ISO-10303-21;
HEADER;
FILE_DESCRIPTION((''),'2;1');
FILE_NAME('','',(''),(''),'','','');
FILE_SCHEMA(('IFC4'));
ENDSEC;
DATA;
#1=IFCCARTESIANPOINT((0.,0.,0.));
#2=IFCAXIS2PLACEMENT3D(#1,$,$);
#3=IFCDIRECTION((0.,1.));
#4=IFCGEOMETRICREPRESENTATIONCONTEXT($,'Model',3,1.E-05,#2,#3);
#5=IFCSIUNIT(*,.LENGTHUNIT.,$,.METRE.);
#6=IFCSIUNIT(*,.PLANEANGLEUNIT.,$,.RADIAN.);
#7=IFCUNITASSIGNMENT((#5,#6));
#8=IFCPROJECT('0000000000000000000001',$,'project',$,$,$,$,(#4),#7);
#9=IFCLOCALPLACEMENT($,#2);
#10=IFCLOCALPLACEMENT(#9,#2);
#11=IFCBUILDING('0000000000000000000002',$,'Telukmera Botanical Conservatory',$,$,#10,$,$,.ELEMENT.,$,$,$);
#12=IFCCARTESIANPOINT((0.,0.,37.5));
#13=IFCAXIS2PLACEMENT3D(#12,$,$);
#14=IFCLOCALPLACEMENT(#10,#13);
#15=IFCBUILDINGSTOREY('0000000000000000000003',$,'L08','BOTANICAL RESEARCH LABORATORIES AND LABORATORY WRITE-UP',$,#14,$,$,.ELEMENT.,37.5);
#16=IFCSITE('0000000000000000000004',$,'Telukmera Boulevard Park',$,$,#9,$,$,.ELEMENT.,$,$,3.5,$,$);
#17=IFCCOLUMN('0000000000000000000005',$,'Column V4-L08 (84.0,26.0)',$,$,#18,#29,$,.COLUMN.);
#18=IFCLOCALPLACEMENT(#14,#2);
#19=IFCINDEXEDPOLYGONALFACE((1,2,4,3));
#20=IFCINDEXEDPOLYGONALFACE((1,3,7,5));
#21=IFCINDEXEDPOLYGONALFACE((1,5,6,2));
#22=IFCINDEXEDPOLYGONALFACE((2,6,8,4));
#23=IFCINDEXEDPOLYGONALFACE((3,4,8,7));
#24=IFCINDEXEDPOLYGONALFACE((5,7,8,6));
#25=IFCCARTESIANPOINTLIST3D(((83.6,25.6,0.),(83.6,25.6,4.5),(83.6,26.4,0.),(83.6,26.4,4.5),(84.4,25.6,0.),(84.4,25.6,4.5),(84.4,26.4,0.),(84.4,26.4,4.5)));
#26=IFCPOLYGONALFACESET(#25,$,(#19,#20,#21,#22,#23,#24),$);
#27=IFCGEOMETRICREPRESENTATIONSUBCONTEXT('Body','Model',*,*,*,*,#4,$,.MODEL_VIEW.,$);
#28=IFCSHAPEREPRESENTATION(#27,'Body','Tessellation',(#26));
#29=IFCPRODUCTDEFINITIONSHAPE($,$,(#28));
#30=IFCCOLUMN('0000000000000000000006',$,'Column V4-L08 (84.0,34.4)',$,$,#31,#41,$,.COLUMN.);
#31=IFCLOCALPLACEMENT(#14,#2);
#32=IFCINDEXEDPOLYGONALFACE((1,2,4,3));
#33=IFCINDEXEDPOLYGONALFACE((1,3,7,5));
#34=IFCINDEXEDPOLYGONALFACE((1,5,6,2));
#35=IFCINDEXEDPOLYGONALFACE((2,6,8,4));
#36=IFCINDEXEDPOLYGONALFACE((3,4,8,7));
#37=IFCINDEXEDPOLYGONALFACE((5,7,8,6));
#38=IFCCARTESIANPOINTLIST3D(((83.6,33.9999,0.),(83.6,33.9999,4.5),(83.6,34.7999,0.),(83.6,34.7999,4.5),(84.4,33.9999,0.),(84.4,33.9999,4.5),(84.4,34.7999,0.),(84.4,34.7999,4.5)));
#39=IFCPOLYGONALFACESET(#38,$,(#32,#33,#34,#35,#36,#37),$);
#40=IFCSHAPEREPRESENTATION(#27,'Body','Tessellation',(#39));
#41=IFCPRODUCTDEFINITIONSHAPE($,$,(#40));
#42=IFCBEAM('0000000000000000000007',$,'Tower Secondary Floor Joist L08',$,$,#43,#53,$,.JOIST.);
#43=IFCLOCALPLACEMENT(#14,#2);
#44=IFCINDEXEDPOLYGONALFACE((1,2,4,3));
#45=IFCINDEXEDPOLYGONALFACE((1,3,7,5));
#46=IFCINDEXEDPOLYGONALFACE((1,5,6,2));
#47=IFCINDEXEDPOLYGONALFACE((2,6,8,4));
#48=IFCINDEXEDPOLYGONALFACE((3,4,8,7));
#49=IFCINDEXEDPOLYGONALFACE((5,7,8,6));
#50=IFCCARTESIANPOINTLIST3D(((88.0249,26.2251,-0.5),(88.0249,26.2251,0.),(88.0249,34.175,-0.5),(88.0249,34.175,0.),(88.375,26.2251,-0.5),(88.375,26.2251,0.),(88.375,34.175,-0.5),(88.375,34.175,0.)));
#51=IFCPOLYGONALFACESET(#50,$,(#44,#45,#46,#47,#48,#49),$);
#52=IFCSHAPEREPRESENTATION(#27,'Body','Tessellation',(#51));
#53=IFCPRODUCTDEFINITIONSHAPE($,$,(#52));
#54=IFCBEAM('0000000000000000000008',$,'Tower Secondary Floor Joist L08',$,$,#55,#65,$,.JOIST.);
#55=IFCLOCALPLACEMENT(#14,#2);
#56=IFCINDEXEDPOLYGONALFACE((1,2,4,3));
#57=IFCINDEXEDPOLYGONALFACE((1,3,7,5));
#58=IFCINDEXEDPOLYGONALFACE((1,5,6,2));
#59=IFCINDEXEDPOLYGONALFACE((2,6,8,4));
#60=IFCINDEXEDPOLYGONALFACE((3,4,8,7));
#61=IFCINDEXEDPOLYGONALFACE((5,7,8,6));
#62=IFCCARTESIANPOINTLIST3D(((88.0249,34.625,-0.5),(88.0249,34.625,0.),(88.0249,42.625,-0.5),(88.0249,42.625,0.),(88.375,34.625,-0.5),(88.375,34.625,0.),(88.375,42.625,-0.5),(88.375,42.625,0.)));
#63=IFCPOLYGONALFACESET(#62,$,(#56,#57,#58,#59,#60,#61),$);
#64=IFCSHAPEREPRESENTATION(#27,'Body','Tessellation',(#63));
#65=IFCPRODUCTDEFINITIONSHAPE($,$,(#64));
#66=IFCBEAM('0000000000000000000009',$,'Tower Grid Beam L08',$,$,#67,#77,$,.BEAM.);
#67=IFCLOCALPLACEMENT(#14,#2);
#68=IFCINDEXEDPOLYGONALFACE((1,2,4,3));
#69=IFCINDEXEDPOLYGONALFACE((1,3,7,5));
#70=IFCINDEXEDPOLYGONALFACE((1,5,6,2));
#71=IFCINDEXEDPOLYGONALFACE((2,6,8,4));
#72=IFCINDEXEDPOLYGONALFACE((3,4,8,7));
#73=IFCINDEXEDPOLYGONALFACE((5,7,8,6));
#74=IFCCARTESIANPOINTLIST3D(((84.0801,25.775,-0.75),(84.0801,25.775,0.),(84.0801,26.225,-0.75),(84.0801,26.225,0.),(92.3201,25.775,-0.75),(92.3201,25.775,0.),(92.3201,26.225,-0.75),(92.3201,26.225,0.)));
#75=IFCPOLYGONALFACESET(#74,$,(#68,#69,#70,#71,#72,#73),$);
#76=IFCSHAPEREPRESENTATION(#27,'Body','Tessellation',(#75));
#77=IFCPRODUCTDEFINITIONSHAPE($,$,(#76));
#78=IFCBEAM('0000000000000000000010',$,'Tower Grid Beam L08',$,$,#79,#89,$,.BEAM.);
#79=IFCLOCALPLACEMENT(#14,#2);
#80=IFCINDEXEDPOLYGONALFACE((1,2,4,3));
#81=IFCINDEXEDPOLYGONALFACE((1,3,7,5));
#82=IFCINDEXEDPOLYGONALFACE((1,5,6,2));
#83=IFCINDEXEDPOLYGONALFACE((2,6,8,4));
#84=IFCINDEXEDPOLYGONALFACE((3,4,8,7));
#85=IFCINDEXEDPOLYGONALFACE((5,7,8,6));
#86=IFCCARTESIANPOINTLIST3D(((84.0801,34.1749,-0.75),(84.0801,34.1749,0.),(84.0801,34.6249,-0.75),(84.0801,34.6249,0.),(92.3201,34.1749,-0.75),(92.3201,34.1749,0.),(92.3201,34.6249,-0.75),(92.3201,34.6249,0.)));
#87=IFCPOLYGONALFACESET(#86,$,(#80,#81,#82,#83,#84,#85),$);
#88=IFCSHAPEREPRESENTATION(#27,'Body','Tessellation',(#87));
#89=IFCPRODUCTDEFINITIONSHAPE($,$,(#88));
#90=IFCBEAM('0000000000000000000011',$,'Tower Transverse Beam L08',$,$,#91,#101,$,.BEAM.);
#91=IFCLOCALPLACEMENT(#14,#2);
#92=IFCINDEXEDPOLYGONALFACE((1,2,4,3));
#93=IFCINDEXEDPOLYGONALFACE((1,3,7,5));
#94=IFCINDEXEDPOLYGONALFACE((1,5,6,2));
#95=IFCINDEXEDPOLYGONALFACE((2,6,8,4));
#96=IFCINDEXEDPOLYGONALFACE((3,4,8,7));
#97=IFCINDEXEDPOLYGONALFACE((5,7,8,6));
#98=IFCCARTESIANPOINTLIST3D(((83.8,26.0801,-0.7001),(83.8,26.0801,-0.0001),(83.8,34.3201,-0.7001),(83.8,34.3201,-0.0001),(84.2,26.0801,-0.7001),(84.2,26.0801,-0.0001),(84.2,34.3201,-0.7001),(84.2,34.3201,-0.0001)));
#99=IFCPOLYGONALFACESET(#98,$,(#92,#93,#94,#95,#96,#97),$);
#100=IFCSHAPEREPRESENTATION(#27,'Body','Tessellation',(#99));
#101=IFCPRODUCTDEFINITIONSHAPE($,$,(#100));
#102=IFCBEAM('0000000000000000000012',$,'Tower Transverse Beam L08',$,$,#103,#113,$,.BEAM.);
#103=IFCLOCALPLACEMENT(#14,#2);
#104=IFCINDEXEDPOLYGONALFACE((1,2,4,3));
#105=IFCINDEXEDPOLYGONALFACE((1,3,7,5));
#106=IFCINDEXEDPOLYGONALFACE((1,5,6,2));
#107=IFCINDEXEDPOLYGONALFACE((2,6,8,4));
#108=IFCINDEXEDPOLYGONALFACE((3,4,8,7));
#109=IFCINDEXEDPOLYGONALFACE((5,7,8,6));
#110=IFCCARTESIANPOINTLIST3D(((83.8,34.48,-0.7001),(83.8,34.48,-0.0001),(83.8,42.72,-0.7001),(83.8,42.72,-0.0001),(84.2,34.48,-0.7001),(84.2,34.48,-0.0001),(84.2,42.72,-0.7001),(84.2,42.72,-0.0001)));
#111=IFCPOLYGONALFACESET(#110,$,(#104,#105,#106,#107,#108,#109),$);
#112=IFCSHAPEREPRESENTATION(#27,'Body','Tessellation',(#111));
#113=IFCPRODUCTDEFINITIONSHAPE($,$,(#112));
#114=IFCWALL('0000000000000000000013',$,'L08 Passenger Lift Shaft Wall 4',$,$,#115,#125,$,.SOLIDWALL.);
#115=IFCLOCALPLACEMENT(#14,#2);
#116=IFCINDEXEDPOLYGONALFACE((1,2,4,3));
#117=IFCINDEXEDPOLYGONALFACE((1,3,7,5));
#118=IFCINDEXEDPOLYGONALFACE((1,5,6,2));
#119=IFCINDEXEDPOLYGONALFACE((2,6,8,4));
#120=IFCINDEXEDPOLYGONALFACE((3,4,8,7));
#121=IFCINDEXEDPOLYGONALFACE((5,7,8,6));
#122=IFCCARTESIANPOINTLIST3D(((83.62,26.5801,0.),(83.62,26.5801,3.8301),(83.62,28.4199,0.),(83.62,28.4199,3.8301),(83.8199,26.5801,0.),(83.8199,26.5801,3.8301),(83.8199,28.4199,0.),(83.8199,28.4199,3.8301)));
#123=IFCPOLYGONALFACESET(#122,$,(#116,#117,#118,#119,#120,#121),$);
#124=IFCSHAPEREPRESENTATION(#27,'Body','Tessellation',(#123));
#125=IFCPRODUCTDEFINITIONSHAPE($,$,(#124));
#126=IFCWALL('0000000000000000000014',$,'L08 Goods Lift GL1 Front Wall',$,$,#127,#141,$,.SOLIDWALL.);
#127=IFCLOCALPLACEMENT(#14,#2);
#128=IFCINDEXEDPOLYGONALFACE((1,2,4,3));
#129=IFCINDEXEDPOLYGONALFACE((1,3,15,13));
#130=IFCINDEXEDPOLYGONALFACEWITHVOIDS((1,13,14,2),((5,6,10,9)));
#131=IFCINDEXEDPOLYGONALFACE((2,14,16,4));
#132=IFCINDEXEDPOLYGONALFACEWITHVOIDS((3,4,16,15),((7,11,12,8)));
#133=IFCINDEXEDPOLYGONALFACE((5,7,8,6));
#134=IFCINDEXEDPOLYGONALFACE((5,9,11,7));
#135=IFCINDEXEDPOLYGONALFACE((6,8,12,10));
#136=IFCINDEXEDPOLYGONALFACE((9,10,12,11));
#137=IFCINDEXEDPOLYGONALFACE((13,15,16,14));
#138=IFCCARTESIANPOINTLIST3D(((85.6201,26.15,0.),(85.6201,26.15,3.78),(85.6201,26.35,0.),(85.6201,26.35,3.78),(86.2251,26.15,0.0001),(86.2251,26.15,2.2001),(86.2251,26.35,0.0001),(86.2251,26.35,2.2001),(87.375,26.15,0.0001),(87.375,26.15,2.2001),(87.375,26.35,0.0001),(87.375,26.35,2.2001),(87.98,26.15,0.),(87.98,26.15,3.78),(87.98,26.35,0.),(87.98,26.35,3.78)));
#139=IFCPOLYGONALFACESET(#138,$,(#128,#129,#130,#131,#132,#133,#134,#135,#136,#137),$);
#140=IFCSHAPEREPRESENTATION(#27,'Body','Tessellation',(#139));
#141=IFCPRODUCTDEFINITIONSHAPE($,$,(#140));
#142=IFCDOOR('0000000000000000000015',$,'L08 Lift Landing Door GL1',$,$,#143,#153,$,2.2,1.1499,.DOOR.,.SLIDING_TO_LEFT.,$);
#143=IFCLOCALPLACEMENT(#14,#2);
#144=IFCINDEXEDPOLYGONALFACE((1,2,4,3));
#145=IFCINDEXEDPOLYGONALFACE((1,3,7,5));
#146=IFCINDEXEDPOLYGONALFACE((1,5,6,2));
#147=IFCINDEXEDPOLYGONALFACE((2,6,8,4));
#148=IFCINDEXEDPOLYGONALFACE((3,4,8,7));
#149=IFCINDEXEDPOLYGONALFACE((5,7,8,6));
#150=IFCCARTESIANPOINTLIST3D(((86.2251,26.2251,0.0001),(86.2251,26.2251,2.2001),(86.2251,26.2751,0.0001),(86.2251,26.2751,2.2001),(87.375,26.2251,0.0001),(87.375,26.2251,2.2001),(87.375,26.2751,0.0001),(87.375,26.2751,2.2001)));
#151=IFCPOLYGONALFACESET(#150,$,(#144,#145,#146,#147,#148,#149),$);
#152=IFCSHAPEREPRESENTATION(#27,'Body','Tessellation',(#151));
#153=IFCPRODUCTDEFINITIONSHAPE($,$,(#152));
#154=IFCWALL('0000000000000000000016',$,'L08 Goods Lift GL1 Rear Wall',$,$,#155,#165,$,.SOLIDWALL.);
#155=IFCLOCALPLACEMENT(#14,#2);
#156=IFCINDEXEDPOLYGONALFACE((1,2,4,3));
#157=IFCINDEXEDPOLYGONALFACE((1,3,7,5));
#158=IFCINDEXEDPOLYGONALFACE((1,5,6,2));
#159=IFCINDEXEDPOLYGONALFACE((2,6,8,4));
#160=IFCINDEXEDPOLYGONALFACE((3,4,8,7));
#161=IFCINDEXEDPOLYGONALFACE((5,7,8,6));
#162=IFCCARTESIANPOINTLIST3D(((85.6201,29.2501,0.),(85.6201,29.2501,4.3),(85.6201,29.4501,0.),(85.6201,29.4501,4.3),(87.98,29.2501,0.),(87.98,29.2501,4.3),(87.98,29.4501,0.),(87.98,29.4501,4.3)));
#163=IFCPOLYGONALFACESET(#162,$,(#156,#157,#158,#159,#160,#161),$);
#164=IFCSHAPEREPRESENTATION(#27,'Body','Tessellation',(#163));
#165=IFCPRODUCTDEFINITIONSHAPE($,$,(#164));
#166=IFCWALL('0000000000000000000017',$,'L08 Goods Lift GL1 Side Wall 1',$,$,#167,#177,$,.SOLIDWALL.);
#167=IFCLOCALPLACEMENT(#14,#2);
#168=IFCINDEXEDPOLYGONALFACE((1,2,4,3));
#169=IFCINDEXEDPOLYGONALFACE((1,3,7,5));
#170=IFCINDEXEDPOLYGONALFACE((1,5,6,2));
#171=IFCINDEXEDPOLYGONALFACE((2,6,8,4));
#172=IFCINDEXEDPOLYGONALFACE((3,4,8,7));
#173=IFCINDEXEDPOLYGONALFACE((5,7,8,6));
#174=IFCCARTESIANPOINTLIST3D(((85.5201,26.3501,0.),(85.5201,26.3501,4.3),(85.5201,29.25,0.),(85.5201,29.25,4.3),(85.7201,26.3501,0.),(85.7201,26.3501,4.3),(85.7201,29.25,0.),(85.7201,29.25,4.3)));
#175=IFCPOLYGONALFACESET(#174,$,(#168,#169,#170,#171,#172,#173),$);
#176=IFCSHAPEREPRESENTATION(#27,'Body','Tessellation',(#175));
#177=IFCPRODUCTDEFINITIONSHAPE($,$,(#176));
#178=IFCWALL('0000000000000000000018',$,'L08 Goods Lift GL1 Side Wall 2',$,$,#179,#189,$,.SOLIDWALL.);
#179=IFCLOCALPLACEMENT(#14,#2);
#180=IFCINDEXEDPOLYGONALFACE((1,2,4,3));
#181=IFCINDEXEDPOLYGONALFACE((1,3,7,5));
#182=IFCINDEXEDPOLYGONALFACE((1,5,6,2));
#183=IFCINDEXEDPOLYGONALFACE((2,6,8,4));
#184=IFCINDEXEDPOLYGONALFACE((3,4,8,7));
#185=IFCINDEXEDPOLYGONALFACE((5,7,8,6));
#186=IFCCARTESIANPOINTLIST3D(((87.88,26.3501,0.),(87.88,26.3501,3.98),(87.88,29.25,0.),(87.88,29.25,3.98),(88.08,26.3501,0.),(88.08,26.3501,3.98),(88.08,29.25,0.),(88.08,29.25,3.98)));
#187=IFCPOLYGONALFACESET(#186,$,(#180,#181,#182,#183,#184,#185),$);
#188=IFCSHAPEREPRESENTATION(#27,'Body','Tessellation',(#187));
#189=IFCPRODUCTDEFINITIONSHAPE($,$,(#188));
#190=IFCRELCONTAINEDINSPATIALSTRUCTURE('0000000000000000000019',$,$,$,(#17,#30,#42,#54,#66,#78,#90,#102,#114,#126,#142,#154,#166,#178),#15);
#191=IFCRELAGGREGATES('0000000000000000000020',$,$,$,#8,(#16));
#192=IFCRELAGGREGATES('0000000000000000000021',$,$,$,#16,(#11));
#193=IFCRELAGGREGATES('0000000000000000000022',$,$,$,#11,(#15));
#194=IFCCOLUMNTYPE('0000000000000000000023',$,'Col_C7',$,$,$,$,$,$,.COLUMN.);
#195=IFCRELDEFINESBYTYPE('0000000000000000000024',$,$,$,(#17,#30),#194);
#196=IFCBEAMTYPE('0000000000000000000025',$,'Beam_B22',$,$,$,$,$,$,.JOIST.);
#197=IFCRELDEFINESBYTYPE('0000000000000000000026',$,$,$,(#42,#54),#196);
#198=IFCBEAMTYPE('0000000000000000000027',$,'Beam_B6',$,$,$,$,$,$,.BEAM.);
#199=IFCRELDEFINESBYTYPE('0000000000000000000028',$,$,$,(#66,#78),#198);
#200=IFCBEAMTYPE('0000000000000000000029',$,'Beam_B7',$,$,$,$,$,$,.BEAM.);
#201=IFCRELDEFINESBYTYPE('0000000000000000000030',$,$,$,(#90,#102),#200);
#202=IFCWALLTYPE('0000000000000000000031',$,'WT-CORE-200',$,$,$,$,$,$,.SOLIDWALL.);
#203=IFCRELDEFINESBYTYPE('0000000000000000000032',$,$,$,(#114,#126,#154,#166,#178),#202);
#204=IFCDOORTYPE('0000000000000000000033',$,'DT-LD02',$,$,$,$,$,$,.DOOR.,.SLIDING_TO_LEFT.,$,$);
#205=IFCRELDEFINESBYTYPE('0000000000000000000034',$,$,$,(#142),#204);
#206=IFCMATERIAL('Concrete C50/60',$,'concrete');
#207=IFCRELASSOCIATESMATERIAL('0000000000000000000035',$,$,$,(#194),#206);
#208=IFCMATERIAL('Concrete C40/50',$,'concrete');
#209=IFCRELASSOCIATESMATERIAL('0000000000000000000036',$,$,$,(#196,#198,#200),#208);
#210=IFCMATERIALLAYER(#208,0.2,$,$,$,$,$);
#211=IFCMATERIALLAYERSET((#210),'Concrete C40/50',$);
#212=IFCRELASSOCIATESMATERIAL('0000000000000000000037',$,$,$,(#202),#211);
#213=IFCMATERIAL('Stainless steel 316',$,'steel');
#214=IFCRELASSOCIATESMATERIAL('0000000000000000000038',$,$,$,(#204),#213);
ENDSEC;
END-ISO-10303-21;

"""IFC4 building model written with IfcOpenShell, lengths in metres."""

from ifc_helpers import new_model, si_unit, direction, frame, frame_2d, origin, origin_2d, place, context, subcontext, project, spatial, rectangle, extrude, material, layer, layer_set, material_profile, profile_set, type_object, element, fill, save


model = new_model("IFC4")

# Units and contexts
model_context = context("Model", 3, precision=1e-05, world=origin(), true_north=direction((0.0, 1.0)))
body_context = subcontext(model_context, "Body", "Model", "MODEL_VIEW")
ifc_project = project(units=[si_unit("LENGTHUNIT", "METRE"), si_unit("PLANEANGLEUNIT", "RADIAN")], contexts=[model_context])

# Site, building, storey
site_placement = place(None, origin())
site = spatial("IfcSite", under=ifc_project, at=site_placement, Name="Telukmera Boulevard Park", CompositionType="ELEMENT", RefElevation=3.5)
building_placement = place(site_placement, origin())
building = spatial("IfcBuilding", under=site, at=building_placement, Name="Telukmera Botanical Conservatory", CompositionType="ELEMENT")
storey_placement = place(building_placement, frame((0.0, 0.0, 37.5)))
storey = spatial("IfcBuildingStorey", under=building, at=storey_placement, Name="L08", Description="BOTANICAL RESEARCH LABORATORIES AND LABORATORY WRITE-UP", CompositionType="ELEMENT", Elevation=37.5)

# Columns
ifc_material_1 = material(Name="Concrete C50/60", Category="concrete")
ifc_material_profile_1 = material_profile(ifc_material_1, rectangle(XDim=0.8, YDim=0.8, at=origin_2d()), Name="RC 800x800")
ifc_profile_set_1 = profile_set([ifc_material_profile_1], Name="Concrete C50/60")
column_type = type_object("IfcColumnType", Name="Col_C7", PredefinedType="COLUMN", material=ifc_profile_set_1)
for number, where, z_axis, x_axis, name in (
    (1, (84.0, 26.0, 0.0), (0.0, 0.0, 1.0), (1.0, 0.0, 0.0), "Column V4-L08 (84.0,26.0)"),
    (2, (84.0, 34.3999, 0.0), (0.0, 0.0, 1.0), (1.0, 0.0, 0.0), "Column V4-L08 (84.0,34.4)"),
):
    element("IfcColumn", number, at=place(storey_placement, frame(where, z_axis=z_axis, x_axis=x_axis)), inside=storey, type_object=column_type, Name=name, PredefinedType="COLUMN", context=body_context, shape_type="SweptSolid", body=[
        extrude(rectangle(XDim=0.8, YDim=0.8, at=origin_2d()), origin(), (0.0, 0.0, 1.0), 4.5),
    ])

# Beams
ifc_material_2 = material(Name="Concrete C40/50", Category="concrete")
ifc_material_profile_2 = material_profile(ifc_material_2, rectangle(XDim=0.3501, YDim=0.5, at=origin_2d()), Name="RC 350x500")
ifc_profile_set_2 = profile_set([ifc_material_profile_2], Name="Concrete C40/50")
beam_type_1 = type_object("IfcBeamType", Name="Beam_B22", PredefinedType="JOIST", material=ifc_profile_set_2)
beam_1_placement = place(storey_placement, frame((88.2, 26.2251, -0.25), z_axis=(0.0, 1.0, 0.0), x_axis=(-1.0, 0.0, 0.0)))
element("IfcBeam", 3, at=beam_1_placement, inside=storey, type_object=beam_type_1, Name="Tower Secondary Floor Joist L08", PredefinedType="JOIST", context=body_context, shape_type="SweptSolid", body=[
    extrude(rectangle(XDim=0.3501, YDim=0.5, at=origin_2d()), origin(), (0.0, 0.0, 1.0), 7.95),
])
beam_2_placement = place(storey_placement, frame((88.2, 34.625, -0.25), z_axis=(0.0, 1.0, 0.0), x_axis=(-1.0, 0.0, 0.0)))
element("IfcBeam", 4, at=beam_2_placement, inside=storey, type_object=beam_type_1, Name="Tower Secondary Floor Joist L08", PredefinedType="JOIST", context=body_context, shape_type="SweptSolid", body=[
    extrude(rectangle(XDim=0.3501, YDim=0.5, at=origin_2d()), origin(), (0.0, 0.0, 1.0), 8.0),
])
ifc_material_profile_3 = material_profile(ifc_material_2, rectangle(XDim=0.45, YDim=0.75, at=origin_2d()), Name="RC 450x750")
ifc_profile_set_3 = profile_set([ifc_material_profile_3], Name="Concrete C40/50")
beam_type_2 = type_object("IfcBeamType", Name="Beam_B6", PredefinedType="BEAM", material=ifc_profile_set_3)
for number, where, z_axis, x_axis, name in (
    (5, (84.0801, 26.0, -0.375), (1.0, 0.0, 0.0), (0.0, 1.0, 0.0), "Tower Grid Beam L08"),
    (6, (84.0801, 34.3999, -0.375), (1.0, 0.0, 0.0), (0.0, 1.0, 0.0), "Tower Grid Beam L08"),
):
    element("IfcBeam", number, at=place(storey_placement, frame(where, z_axis=z_axis, x_axis=x_axis)), inside=storey, type_object=beam_type_2, Name=name, PredefinedType="BEAM", context=body_context, shape_type="SweptSolid", body=[
        extrude(rectangle(XDim=0.45, YDim=0.75, at=origin_2d()), origin(), (0.0, 0.0, 1.0), 8.24),
    ])
ifc_material_profile_4 = material_profile(ifc_material_2, rectangle(XDim=0.3999, YDim=0.7, at=origin_2d()), Name="RC 400x700")
ifc_profile_set_4 = profile_set([ifc_material_profile_4], Name="Concrete C40/50")
beam_type_3 = type_object("IfcBeamType", Name="Beam_B7", PredefinedType="BEAM", material=ifc_profile_set_4)
for number, where, z_axis, x_axis, name in (
    (7, (84.0, 26.0801, -0.3501), (0.0, 1.0, 0.0), (-1.0, 0.0, 0.0), "Tower Transverse Beam L08"),
    (8, (84.0, 34.48, -0.3501), (0.0, 1.0, 0.0), (-1.0, 0.0, 0.0), "Tower Transverse Beam L08"),
):
    element("IfcBeam", number, at=place(storey_placement, frame(where, z_axis=z_axis, x_axis=x_axis)), inside=storey, type_object=beam_type_3, Name=name, PredefinedType="BEAM", context=body_context, shape_type="SweptSolid", body=[
        extrude(rectangle(XDim=0.3999, YDim=0.7, at=origin_2d()), origin(), (0.0, 0.0, 1.0), 8.24),
    ])

# Wall
ifc_layer_1 = layer(ifc_material_2, 0.2)
ifc_layer_set_1 = layer_set([ifc_layer_1], Name="Concrete C40/50")
wall_type_1 = type_object("IfcWallType", Name="WT-CORE-200", PredefinedType="SOLIDWALL", material=ifc_layer_set_1)
wall_1_placement = place(storey_placement, frame((83.72, 26.5801, 0.0), z_axis=(0.0, 0.0, 1.0), x_axis=(0.0, 1.0, 0.0)))
element("IfcWall", 9, at=wall_1_placement, inside=storey, type_object=wall_type_1, Name="L08 Passenger Lift Shaft Wall 4", PredefinedType="SOLIDWALL", context=body_context, shape_type="SweptSolid", body=[
    extrude(rectangle(XDim=1.8398, YDim=0.2, at=frame_2d((0.9199, 0.0))), origin(), (0.0, 0.0, 1.0), 3.8301),
])

# Wall, opening, door
wall_2_placement = place(storey_placement, frame((85.6201, 26.25, 0.0), z_axis=(0.0, 0.0, 1.0), x_axis=(1.0, 0.0, 0.0)))
wall_2 = element("IfcWall", 10, at=wall_2_placement, inside=storey, type_object=wall_type_1, Name="L08 Goods Lift GL1 Front Wall", PredefinedType="SOLIDWALL", context=body_context, shape_type="SweptSolid", body=[
    extrude(rectangle(XDim=2.3599, YDim=0.2, at=frame_2d((1.1799, 0.0))), origin(), (0.0, 0.0, 1.0), 3.78),
])
opening_1_placement = place(wall_2_placement, frame((0.605, 0.0, 0.0)))
opening_1 = element("IfcOpeningElement", 11, at=opening_1_placement, cuts=wall_2, PredefinedType="OPENING", context=body_context, shape_type="SweptSolid", body=[
    extrude(rectangle(XDim=1.1499, YDim=2.2, at=frame_2d((0.575, 1.1001))), frame((0.0, 0.1099, 0.0), z_axis=(0.0, -1.0, 0.0), x_axis=(1.0, 0.0, 0.0)), (0.0, 0.0, 1.0), 0.22),
])
ifc_material_3 = material(Name="Stainless steel 316", Category="steel")
door_type_1 = type_object("IfcDoorType", Name="DT-LD02", OperationType="SLIDING_TO_LEFT", PredefinedType="DOOR", material=ifc_material_3)
door_1_placement = place(opening_1_placement, frame((1.1499, 0.0, 0.0), z_axis=(0.0, 0.0, 1.0), x_axis=(-1.0, 0.0, 0.0)))
door_1 = element("IfcDoor", 12, at=door_1_placement, inside=storey, type_object=door_type_1, Name="L08 Lift Landing Door GL1", OperationType="SLIDING_TO_LEFT", OverallHeight=2.2, OverallWidth=1.1499, PredefinedType="DOOR", context=body_context, shape_type="SweptSolid", body=[
    extrude(rectangle(XDim=1.1499, YDim=2.2, at=frame_2d((0.575, 1.1001))), frame((0.0, 0.0249, 0.0), z_axis=(0.0, -1.0, 0.0), x_axis=(1.0, 0.0, 0.0)), (0.0, 0.0, 1.0), 0.05),
])
fill(opening_1, door_1)

# Walls
wall_3_placement = place(storey_placement, frame((85.6201, 29.3501, 0.0), z_axis=(0.0, 0.0, 1.0), x_axis=(1.0, 0.0, 0.0)))
element("IfcWall", 13, at=wall_3_placement, inside=storey, type_object=wall_type_1, Name="L08 Goods Lift GL1 Rear Wall", PredefinedType="SOLIDWALL", context=body_context, shape_type="SweptSolid", body=[
    extrude(rectangle(XDim=2.3599, YDim=0.2, at=frame_2d((1.1799, 0.0))), origin(), (0.0, 0.0, 1.0), 4.3),
])
wall_4_placement = place(storey_placement, frame((85.6201, 26.3501, 0.0), z_axis=(0.0, 0.0, 1.0), x_axis=(0.0, 1.0, 0.0)))
element("IfcWall", 14, at=wall_4_placement, inside=storey, type_object=wall_type_1, Name="L08 Goods Lift GL1 Side Wall 1", PredefinedType="SOLIDWALL", context=body_context, shape_type="SweptSolid", body=[
    extrude(rectangle(XDim=2.8999, YDim=0.2, at=frame_2d((1.45, 0.0))), origin(), (0.0, 0.0, 1.0), 4.3),
])
wall_5_placement = place(storey_placement, frame((87.98, 26.3501, 0.0), z_axis=(0.0, 0.0, 1.0), x_axis=(0.0, 1.0, 0.0)))
element("IfcWall", 15, at=wall_5_placement, inside=storey, type_object=wall_type_1, Name="L08 Goods Lift GL1 Side Wall 2", PredefinedType="SOLIDWALL", context=body_context, shape_type="SweptSolid", body=[
    extrude(rectangle(XDim=2.8999, YDim=0.2, at=frame_2d((1.45, 0.0))), origin(), (0.0, 0.0, 1.0), 3.98),
])

save(model, "model.ifc")
